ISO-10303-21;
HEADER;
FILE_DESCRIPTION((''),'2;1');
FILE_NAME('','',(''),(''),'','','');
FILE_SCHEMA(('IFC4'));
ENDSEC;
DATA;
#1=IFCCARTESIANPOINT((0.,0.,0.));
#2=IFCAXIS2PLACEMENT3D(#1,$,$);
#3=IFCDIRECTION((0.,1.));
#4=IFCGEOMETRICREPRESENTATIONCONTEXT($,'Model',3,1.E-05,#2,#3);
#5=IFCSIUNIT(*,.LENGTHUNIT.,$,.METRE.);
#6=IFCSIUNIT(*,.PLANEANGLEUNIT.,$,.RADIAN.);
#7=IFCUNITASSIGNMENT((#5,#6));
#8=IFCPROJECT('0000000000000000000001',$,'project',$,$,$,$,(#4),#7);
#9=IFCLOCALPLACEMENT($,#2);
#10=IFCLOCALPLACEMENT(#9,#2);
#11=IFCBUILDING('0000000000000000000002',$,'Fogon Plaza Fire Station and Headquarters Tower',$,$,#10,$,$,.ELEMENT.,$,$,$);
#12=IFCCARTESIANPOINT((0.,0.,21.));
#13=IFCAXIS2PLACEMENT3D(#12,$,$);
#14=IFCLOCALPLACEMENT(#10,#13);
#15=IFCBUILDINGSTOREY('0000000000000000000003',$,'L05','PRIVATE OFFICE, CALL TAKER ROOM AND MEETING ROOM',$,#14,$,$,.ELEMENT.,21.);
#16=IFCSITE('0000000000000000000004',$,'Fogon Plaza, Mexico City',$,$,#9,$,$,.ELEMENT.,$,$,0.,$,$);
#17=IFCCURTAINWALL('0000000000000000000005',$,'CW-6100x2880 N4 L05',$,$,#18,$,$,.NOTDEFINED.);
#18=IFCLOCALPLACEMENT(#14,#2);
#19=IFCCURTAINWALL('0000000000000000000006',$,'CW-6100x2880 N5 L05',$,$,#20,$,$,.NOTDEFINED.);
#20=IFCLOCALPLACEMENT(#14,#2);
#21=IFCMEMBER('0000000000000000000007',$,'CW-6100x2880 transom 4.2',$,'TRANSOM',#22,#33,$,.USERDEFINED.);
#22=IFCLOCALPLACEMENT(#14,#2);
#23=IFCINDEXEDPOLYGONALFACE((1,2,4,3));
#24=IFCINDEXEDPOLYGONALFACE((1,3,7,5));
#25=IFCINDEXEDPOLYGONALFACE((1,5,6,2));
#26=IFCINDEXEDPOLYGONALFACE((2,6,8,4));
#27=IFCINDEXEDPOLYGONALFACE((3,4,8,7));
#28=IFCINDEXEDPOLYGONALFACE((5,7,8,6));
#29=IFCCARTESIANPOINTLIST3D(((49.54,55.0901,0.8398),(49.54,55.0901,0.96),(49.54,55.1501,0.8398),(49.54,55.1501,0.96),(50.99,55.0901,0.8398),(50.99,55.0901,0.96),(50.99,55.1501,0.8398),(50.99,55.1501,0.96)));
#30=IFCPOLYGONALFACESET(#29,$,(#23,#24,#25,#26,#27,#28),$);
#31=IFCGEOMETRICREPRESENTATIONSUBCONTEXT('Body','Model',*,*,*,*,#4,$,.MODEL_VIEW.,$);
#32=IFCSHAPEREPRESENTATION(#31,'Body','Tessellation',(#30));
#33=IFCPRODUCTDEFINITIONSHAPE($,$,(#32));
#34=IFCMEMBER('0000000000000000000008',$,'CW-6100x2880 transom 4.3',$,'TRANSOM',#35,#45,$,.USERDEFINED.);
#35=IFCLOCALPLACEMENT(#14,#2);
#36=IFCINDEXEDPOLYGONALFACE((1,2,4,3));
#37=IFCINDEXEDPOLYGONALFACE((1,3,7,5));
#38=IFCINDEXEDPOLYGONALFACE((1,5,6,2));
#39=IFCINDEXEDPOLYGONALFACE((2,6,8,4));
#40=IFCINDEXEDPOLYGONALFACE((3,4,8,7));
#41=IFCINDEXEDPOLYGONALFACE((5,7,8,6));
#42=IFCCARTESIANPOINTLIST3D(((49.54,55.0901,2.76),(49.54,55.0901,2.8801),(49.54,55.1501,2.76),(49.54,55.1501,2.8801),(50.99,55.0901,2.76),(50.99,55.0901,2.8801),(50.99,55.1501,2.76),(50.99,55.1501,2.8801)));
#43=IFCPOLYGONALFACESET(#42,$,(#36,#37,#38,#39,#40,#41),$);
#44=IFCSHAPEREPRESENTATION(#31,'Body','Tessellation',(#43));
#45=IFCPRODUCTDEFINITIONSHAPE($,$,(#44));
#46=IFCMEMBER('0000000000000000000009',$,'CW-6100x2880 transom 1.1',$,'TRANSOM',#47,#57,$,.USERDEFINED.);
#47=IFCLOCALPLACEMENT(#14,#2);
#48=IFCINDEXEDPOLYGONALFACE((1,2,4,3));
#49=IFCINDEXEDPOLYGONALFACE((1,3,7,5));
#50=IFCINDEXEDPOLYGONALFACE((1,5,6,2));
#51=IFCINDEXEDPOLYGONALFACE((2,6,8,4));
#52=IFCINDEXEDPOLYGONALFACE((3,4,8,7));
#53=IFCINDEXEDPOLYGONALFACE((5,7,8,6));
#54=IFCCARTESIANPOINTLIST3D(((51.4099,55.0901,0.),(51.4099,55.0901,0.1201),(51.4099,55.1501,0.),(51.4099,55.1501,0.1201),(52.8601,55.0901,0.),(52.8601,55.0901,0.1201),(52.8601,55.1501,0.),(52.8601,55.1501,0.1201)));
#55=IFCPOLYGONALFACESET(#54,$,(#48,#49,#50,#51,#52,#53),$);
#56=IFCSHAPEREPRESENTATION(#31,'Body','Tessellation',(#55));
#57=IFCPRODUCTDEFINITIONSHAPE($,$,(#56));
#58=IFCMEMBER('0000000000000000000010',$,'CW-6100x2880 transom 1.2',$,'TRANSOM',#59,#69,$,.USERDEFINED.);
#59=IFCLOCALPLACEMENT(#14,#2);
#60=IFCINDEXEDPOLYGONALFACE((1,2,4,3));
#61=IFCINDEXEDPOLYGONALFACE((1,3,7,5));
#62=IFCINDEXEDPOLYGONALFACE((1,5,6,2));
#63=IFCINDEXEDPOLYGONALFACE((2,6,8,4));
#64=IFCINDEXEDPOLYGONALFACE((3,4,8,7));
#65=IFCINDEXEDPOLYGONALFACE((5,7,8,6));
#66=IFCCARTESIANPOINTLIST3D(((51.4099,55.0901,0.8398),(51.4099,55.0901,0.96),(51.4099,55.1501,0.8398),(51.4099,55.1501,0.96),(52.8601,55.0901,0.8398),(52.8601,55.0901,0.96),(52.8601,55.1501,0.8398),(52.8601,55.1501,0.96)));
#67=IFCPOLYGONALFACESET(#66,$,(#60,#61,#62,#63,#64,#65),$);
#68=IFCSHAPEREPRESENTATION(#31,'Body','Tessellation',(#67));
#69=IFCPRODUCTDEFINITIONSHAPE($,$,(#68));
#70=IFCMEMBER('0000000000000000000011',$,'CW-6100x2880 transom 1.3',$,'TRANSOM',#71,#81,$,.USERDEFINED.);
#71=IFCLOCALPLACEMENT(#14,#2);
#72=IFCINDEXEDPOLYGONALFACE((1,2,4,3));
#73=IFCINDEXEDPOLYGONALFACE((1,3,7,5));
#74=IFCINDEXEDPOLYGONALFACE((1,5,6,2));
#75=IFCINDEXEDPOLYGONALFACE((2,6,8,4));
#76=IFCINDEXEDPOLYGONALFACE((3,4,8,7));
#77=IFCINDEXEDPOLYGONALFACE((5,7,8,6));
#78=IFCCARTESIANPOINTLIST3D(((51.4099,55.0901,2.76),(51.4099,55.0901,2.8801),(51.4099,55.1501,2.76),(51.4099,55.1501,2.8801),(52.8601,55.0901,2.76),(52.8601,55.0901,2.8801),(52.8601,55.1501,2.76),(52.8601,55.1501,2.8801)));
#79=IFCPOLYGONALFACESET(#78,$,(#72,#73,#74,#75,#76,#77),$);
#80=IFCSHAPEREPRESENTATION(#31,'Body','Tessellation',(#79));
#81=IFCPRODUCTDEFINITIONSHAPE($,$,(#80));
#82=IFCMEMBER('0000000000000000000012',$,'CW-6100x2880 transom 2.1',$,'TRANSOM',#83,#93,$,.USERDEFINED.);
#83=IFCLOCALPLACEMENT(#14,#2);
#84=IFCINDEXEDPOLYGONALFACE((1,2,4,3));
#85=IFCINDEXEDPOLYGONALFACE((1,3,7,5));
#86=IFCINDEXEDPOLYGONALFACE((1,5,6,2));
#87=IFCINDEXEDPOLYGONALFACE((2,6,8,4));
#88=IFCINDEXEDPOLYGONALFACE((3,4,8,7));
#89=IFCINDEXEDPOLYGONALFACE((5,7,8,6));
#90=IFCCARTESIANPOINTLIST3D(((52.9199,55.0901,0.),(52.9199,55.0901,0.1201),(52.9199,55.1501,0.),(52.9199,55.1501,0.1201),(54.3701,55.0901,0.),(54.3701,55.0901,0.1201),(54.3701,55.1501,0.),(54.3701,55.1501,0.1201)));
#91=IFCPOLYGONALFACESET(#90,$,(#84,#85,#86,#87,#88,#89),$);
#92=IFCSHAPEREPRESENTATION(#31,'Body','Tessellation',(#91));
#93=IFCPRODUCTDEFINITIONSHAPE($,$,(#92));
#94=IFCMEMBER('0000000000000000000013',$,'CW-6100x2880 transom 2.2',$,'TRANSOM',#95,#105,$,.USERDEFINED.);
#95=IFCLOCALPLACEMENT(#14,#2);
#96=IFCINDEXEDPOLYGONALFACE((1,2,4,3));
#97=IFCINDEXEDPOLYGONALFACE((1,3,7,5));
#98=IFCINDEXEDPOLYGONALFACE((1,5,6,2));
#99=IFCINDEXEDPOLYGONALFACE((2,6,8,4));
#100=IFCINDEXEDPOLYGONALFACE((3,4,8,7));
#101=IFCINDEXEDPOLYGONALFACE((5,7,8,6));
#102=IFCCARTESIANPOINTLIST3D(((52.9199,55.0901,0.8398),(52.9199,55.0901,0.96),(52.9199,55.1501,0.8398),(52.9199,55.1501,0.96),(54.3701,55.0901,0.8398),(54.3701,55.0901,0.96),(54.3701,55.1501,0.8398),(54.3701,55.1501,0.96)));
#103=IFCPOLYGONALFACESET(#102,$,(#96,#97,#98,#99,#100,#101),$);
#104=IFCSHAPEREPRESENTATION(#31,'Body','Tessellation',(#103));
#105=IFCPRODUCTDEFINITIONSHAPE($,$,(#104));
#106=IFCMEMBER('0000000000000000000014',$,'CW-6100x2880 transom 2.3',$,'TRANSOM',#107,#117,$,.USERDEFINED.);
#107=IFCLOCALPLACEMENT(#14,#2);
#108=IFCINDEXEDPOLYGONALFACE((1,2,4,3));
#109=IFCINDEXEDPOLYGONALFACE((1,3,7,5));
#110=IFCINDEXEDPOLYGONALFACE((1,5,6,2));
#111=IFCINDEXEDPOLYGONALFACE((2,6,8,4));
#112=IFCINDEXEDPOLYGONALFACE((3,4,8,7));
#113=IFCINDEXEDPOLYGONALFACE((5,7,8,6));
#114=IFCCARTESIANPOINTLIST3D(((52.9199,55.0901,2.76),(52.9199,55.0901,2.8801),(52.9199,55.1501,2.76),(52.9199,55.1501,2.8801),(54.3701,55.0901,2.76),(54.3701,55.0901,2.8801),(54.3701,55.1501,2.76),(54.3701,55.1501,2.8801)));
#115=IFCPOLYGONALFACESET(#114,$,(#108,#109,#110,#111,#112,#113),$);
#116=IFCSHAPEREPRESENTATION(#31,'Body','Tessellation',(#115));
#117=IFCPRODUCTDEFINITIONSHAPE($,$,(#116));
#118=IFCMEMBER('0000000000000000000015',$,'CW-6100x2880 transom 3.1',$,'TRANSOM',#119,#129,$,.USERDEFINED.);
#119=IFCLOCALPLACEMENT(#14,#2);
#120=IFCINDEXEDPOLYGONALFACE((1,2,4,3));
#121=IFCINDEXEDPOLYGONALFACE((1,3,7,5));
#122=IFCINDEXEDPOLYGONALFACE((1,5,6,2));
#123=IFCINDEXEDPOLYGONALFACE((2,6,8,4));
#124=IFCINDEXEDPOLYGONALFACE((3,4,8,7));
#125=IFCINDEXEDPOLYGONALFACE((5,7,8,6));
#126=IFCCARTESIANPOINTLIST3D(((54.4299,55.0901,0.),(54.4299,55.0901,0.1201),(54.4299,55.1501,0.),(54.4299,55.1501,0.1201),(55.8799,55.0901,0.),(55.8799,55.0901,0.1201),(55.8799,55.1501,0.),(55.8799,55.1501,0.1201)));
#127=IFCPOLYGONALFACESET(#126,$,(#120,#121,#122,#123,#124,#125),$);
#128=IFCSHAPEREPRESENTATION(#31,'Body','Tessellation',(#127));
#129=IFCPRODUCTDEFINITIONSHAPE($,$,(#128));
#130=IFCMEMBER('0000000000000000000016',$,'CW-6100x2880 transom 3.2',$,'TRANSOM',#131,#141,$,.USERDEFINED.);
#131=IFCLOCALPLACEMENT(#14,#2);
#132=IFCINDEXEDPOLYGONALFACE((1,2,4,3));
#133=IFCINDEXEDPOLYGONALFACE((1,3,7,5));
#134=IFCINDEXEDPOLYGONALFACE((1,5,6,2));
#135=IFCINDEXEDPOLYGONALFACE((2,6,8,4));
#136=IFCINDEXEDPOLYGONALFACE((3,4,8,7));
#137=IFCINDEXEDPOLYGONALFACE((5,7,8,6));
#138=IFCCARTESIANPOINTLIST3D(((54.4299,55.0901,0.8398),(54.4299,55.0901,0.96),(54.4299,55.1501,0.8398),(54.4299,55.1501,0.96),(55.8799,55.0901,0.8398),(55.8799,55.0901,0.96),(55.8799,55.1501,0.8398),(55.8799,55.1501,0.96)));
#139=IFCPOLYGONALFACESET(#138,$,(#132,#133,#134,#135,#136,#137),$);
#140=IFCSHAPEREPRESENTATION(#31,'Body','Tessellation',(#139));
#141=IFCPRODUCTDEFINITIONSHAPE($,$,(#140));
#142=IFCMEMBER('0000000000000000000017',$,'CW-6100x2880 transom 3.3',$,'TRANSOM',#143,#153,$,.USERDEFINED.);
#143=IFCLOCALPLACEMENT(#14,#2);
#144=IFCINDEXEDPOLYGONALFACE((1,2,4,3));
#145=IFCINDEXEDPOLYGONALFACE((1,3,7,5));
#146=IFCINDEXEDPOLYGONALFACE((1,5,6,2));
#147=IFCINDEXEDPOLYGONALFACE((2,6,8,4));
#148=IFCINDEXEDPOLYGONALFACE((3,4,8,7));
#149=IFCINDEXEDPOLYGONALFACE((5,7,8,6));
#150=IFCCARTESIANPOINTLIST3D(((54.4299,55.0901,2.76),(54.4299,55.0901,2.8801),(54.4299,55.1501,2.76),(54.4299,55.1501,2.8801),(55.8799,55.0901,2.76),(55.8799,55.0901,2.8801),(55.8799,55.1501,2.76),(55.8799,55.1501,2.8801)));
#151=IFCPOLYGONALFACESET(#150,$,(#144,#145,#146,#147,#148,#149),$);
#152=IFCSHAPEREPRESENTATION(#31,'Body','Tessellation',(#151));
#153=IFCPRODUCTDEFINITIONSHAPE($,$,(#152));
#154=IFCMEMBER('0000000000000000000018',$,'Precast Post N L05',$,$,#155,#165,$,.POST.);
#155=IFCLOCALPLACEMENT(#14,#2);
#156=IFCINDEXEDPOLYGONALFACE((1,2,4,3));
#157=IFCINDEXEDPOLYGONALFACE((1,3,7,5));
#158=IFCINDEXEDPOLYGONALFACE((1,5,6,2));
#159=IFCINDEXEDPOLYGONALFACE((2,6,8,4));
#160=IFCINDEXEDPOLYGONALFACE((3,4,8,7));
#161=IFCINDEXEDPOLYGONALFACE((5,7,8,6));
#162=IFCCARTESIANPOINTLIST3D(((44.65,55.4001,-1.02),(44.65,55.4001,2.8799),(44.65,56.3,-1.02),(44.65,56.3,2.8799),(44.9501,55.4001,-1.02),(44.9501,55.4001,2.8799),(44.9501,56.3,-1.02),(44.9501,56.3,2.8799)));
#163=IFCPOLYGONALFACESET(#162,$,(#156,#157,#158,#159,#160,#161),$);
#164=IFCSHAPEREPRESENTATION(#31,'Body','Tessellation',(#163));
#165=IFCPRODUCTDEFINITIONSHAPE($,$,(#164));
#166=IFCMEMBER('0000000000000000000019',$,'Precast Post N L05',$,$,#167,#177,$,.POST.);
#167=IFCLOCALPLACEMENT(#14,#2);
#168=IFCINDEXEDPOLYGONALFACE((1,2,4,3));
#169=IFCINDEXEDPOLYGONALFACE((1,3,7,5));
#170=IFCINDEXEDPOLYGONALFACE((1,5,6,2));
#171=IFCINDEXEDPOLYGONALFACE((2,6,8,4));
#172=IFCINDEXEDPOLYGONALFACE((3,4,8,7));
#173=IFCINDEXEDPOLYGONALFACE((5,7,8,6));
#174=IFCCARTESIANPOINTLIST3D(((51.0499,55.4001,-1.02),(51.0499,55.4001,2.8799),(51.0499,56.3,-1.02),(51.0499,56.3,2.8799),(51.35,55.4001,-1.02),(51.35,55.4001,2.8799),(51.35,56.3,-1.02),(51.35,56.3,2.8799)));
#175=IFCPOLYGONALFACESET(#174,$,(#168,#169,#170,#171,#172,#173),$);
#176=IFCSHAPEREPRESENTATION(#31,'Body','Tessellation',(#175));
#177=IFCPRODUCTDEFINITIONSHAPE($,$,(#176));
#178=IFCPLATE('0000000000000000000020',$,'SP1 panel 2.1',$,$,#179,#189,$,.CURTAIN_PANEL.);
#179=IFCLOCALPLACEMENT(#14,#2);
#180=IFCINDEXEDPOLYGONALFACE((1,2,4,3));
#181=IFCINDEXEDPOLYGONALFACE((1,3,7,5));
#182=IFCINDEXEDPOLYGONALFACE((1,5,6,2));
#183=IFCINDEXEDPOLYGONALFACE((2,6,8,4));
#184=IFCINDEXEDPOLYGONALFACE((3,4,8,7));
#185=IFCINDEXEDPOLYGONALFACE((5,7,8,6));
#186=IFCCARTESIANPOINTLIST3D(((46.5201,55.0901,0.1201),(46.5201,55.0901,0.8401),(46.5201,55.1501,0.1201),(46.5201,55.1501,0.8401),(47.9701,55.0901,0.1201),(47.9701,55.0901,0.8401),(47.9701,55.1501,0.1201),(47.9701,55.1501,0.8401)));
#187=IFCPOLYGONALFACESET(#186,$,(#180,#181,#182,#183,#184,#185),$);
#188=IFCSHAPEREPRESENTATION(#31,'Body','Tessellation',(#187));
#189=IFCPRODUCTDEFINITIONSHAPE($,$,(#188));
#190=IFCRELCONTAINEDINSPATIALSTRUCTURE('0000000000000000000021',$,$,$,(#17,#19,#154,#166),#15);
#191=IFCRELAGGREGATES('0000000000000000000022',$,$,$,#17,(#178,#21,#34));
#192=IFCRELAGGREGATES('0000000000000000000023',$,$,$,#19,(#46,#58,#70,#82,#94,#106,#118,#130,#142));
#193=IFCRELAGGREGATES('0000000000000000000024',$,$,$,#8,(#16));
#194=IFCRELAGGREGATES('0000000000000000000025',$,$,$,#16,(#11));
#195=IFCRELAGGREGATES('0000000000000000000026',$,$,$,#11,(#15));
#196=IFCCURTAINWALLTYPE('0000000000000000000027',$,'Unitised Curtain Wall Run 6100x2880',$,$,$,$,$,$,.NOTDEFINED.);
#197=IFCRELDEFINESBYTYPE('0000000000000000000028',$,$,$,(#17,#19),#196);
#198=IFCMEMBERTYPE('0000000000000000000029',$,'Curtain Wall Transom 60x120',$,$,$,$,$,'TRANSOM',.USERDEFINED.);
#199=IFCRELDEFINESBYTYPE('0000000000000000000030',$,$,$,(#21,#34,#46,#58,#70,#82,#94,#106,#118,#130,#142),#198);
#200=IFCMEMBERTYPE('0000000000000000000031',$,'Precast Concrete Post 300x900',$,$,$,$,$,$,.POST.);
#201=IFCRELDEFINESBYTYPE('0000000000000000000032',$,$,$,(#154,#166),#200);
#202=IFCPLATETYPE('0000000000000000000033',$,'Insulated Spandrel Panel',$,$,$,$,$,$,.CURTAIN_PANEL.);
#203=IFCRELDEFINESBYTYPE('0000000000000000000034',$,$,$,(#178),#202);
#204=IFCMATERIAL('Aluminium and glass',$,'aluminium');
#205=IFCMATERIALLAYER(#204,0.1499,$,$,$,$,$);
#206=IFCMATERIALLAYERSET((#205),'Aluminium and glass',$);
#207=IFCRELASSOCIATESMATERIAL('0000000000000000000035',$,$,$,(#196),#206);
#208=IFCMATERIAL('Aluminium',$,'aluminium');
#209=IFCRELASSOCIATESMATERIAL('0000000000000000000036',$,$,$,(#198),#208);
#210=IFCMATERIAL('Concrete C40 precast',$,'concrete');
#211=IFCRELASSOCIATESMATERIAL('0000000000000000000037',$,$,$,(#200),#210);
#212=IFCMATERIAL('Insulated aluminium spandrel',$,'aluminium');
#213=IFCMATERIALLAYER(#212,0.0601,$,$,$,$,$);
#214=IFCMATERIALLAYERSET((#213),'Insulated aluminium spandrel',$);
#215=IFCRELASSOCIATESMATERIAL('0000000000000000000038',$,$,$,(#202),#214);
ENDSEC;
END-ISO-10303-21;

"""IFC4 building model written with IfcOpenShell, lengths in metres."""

from ifc_helpers import new_model, si_unit, direction, frame, origin, origin_2d, place, context, subcontext, project, spatial, rectangle, extrude, material, layer, layer_set, material_profile, profile_set, type_object, element, aggregate, save


model = new_model("IFC4")

# Units and contexts
model_context = context("Model", 3, precision=1e-05, world=origin(), true_north=direction((0.0, 1.0)))
body_context = subcontext(model_context, "Body", "Model", "MODEL_VIEW")
ifc_project = project(units=[si_unit("LENGTHUNIT", "METRE"), si_unit("PLANEANGLEUNIT", "RADIAN")], contexts=[model_context])

# Site, building, storey
site_placement = place(None, origin())
site = spatial("IfcSite", under=ifc_project, at=site_placement, Name="Fogon Plaza, Mexico City", CompositionType="ELEMENT", RefElevation=0.0)
building_placement = place(site_placement, origin())
building = spatial("IfcBuilding", under=site, at=building_placement, Name="Fogon Plaza Fire Station and Headquarters Tower", CompositionType="ELEMENT")
storey_placement = place(building_placement, frame((0.0, 0.0, 21.0)))
storey = spatial("IfcBuildingStorey", under=building, at=storey_placement, Name="L05", Description="PRIVATE OFFICE, CALL TAKER ROOM AND MEETING ROOM", CompositionType="ELEMENT", Elevation=21.0)

# Curtain walls
ifc_material_1 = material(Name="Aluminium and glass", Category="aluminium")
ifc_layer_1 = layer(ifc_material_1, 0.1499)
ifc_layer_set_1 = layer_set([ifc_layer_1], Name="Aluminium and glass")
curtain_wall_type = type_object("IfcCurtainWallType", Name="Unitised Curtain Wall Run 6100x2880", PredefinedType="NOTDEFINED", material=ifc_layer_set_1)
curtain_wall_1_placement = place(storey_placement, origin())
curtain_wall_1 = element("IfcCurtainWall", 1, at=curtain_wall_1_placement, inside=storey, type_object=curtain_wall_type, Name="CW-6100x2880 N4 L05", PredefinedType="NOTDEFINED")
curtain_wall_2_placement = place(storey_placement, origin())
curtain_wall_2 = element("IfcCurtainWall", 2, at=curtain_wall_2_placement, inside=storey, type_object=curtain_wall_type, Name="CW-6100x2880 N5 L05", PredefinedType="NOTDEFINED")

# Members
ifc_material_2 = material(Name="Aluminium", Category="aluminium")
ifc_material_profile_1 = material_profile(ifc_material_2, rectangle(XDim=0.0601, YDim=0.1201, at=origin_2d()), Name="Curtain Wall Transom 60x120")
ifc_profile_set_1 = profile_set([ifc_material_profile_1], Name="Aluminium")
member_type_1 = type_object("IfcMemberType", Name="Curtain Wall Transom 60x120", ElementType="TRANSOM", PredefinedType="USERDEFINED", material=ifc_profile_set_1)
member_1_placement = place(storey_placement, frame((49.54, 55.1201, 0.8999), z_axis=(1.0, 0.0, 0.0), x_axis=(0.0, 1.0, 0.0)))
member_1 = element("IfcMember", 3, at=member_1_placement, type_object=member_type_1, Name="CW-6100x2880 transom 4.2", ObjectType="TRANSOM", PredefinedType="USERDEFINED", context=body_context, shape_type="SweptSolid", body=[
    extrude(rectangle(XDim=0.0601, YDim=0.1201, at=origin_2d()), origin(), (0.0, 0.0, 1.0), 1.45),
])
member_2_placement = place(storey_placement, frame((49.54, 55.1201, 2.8201), z_axis=(1.0, 0.0, 0.0), x_axis=(0.0, 1.0, 0.0)))
member_2 = element("IfcMember", 4, at=member_2_placement, type_object=member_type_1, Name="CW-6100x2880 transom 4.3", ObjectType="TRANSOM", PredefinedType="USERDEFINED", context=body_context, shape_type="SweptSolid", body=[
    extrude(rectangle(XDim=0.0601, YDim=0.1201, at=origin_2d()), origin(), (0.0, 0.0, 1.0), 1.45),
])
member_3_placement = place(storey_placement, frame((51.4099, 55.1201, 0.0601), z_axis=(1.0, 0.0, 0.0), x_axis=(0.0, 1.0, 0.0)))
member_3 = element("IfcMember", 5, at=member_3_placement, type_object=member_type_1, Name="CW-6100x2880 transom 1.1", ObjectType="TRANSOM", PredefinedType="USERDEFINED", context=body_context, shape_type="SweptSolid", body=[
    extrude(rectangle(XDim=0.0601, YDim=0.1201, at=origin_2d()), origin(), (0.0, 0.0, 1.0), 1.4502),
])
member_4_placement = place(storey_placement, frame((51.4099, 55.1201, 0.8999), z_axis=(1.0, 0.0, 0.0), x_axis=(0.0, 1.0, 0.0)))
member_4 = element("IfcMember", 6, at=member_4_placement, type_object=member_type_1, Name="CW-6100x2880 transom 1.2", ObjectType="TRANSOM", PredefinedType="USERDEFINED", context=body_context, shape_type="SweptSolid", body=[
    extrude(rectangle(XDim=0.0601, YDim=0.1201, at=origin_2d()), origin(), (0.0, 0.0, 1.0), 1.4502),
])
member_5_placement = place(storey_placement, frame((51.4099, 55.1201, 2.8201), z_axis=(1.0, 0.0, 0.0), x_axis=(0.0, 1.0, 0.0)))
member_5 = element("IfcMember", 7, at=member_5_placement, type_object=member_type_1, Name="CW-6100x2880 transom 1.3", ObjectType="TRANSOM", PredefinedType="USERDEFINED", context=body_context, shape_type="SweptSolid", body=[
    extrude(rectangle(XDim=0.0601, YDim=0.1201, at=origin_2d()), origin(), (0.0, 0.0, 1.0), 1.4502),
])
member_6_placement = place(storey_placement, frame((52.9199, 55.1201, 0.0601), z_axis=(1.0, 0.0, 0.0), x_axis=(0.0, 1.0, 0.0)))
member_6 = element("IfcMember", 8, at=member_6_placement, type_object=member_type_1, Name="CW-6100x2880 transom 2.1", ObjectType="TRANSOM", PredefinedType="USERDEFINED", context=body_context, shape_type="SweptSolid", body=[
    extrude(rectangle(XDim=0.0601, YDim=0.1201, at=origin_2d()), origin(), (0.0, 0.0, 1.0), 1.4502),
])
member_7_placement = place(storey_placement, frame((52.9199, 55.1201, 0.8999), z_axis=(1.0, 0.0, 0.0), x_axis=(0.0, 1.0, 0.0)))
member_7 = element("IfcMember", 9, at=member_7_placement, type_object=member_type_1, Name="CW-6100x2880 transom 2.2", ObjectType="TRANSOM", PredefinedType="USERDEFINED", context=body_context, shape_type="SweptSolid", body=[
    extrude(rectangle(XDim=0.0601, YDim=0.1201, at=origin_2d()), origin(), (0.0, 0.0, 1.0), 1.4502),
])
member_8_placement = place(storey_placement, frame((52.9199, 55.1201, 2.8201), z_axis=(1.0, 0.0, 0.0), x_axis=(0.0, 1.0, 0.0)))
member_8 = element("IfcMember", 10, at=member_8_placement, type_object=member_type_1, Name="CW-6100x2880 transom 2.3", ObjectType="TRANSOM", PredefinedType="USERDEFINED", context=body_context, shape_type="SweptSolid", body=[
    extrude(rectangle(XDim=0.0601, YDim=0.1201, at=origin_2d()), origin(), (0.0, 0.0, 1.0), 1.4502),
])
member_9_placement = place(storey_placement, frame((54.4299, 55.1201, 0.0601), z_axis=(1.0, 0.0, 0.0), x_axis=(0.0, 1.0, 0.0)))
member_9 = element("IfcMember", 11, at=member_9_placement, type_object=member_type_1, Name="CW-6100x2880 transom 3.1", ObjectType="TRANSOM", PredefinedType="USERDEFINED", context=body_context, shape_type="SweptSolid", body=[
    extrude(rectangle(XDim=0.0601, YDim=0.1201, at=origin_2d()), origin(), (0.0, 0.0, 1.0), 1.45),
])
member_10_placement = place(storey_placement, frame((54.4299, 55.1201, 0.8999), z_axis=(1.0, 0.0, 0.0), x_axis=(0.0, 1.0, 0.0)))
member_10 = element("IfcMember", 12, at=member_10_placement, type_object=member_type_1, Name="CW-6100x2880 transom 3.2", ObjectType="TRANSOM", PredefinedType="USERDEFINED", context=body_context, shape_type="SweptSolid", body=[
    extrude(rectangle(XDim=0.0601, YDim=0.1201, at=origin_2d()), origin(), (0.0, 0.0, 1.0), 1.45),
])
member_11_placement = place(storey_placement, frame((54.4299, 55.1201, 2.8201), z_axis=(1.0, 0.0, 0.0), x_axis=(0.0, 1.0, 0.0)))
member_11 = element("IfcMember", 13, at=member_11_placement, type_object=member_type_1, Name="CW-6100x2880 transom 3.3", ObjectType="TRANSOM", PredefinedType="USERDEFINED", context=body_context, shape_type="SweptSolid", body=[
    extrude(rectangle(XDim=0.0601, YDim=0.1201, at=origin_2d()), origin(), (0.0, 0.0, 1.0), 1.45),
])

# Members
ifc_material_3 = material(Name="Concrete C40 precast", Category="concrete")
ifc_material_profile_2 = material_profile(ifc_material_3, rectangle(XDim=0.3, YDim=0.8999, at=origin_2d()), Name="Precast Concrete Post 300x900")
ifc_profile_set_2 = profile_set([ifc_material_profile_2], Name="Concrete C40 precast")
member_type_2 = type_object("IfcMemberType", Name="Precast Concrete Post 300x900", PredefinedType="POST", material=ifc_profile_set_2)
for number, where, z_axis, x_axis, name in (
    (14, (44.8, 55.8501, -1.02), (0.0, 0.0, 1.0), (1.0, 0.0, 0.0), "Precast Post N L05"),
    (15, (51.2, 55.8501, -1.02), (0.0, 0.0, 1.0), (1.0, 0.0, 0.0), "Precast Post N L05"),
):
    element("IfcMember", number, at=place(storey_placement, frame(where, z_axis=z_axis, x_axis=x_axis)), inside=storey, type_object=member_type_2, Name=name, PredefinedType="POST", context=body_context, shape_type="SweptSolid", body=[
        extrude(rectangle(XDim=0.3, YDim=0.8999, at=origin_2d()), origin(), (0.0, 0.0, 1.0), 3.8999),
    ])

# Plate
ifc_material_4 = material(Name="Insulated aluminium spandrel", Category="aluminium")
ifc_layer_2 = layer(ifc_material_4, 0.0601)
ifc_layer_set_2 = layer_set([ifc_layer_2], Name="Insulated aluminium spandrel")
plate_type_1 = type_object("IfcPlateType", Name="Insulated Spandrel Panel", PredefinedType="CURTAIN_PANEL", material=ifc_layer_set_2)
plate_1_placement = place(storey_placement, frame((47.2451, 55.1201, 0.1201), z_axis=(0.0, 0.0, 1.0), x_axis=(1.0, 0.0, 0.0)))
plate_1 = element("IfcPlate", 16, at=plate_1_placement, type_object=plate_type_1, Name="SP1 panel 2.1", PredefinedType="CURTAIN_PANEL", context=body_context, shape_type="SweptSolid", body=[
    extrude(rectangle(XDim=1.45, YDim=0.0601, at=origin_2d()), origin(), (0.0, 0.0, 1.0), 0.72),
])
aggregate(curtain_wall_1, [plate_1, member_1, member_2])
aggregate(curtain_wall_2, [member_3, member_4, member_5, member_6, member_7, member_8, member_9, member_10, member_11])

save(model, "model.ifc")
